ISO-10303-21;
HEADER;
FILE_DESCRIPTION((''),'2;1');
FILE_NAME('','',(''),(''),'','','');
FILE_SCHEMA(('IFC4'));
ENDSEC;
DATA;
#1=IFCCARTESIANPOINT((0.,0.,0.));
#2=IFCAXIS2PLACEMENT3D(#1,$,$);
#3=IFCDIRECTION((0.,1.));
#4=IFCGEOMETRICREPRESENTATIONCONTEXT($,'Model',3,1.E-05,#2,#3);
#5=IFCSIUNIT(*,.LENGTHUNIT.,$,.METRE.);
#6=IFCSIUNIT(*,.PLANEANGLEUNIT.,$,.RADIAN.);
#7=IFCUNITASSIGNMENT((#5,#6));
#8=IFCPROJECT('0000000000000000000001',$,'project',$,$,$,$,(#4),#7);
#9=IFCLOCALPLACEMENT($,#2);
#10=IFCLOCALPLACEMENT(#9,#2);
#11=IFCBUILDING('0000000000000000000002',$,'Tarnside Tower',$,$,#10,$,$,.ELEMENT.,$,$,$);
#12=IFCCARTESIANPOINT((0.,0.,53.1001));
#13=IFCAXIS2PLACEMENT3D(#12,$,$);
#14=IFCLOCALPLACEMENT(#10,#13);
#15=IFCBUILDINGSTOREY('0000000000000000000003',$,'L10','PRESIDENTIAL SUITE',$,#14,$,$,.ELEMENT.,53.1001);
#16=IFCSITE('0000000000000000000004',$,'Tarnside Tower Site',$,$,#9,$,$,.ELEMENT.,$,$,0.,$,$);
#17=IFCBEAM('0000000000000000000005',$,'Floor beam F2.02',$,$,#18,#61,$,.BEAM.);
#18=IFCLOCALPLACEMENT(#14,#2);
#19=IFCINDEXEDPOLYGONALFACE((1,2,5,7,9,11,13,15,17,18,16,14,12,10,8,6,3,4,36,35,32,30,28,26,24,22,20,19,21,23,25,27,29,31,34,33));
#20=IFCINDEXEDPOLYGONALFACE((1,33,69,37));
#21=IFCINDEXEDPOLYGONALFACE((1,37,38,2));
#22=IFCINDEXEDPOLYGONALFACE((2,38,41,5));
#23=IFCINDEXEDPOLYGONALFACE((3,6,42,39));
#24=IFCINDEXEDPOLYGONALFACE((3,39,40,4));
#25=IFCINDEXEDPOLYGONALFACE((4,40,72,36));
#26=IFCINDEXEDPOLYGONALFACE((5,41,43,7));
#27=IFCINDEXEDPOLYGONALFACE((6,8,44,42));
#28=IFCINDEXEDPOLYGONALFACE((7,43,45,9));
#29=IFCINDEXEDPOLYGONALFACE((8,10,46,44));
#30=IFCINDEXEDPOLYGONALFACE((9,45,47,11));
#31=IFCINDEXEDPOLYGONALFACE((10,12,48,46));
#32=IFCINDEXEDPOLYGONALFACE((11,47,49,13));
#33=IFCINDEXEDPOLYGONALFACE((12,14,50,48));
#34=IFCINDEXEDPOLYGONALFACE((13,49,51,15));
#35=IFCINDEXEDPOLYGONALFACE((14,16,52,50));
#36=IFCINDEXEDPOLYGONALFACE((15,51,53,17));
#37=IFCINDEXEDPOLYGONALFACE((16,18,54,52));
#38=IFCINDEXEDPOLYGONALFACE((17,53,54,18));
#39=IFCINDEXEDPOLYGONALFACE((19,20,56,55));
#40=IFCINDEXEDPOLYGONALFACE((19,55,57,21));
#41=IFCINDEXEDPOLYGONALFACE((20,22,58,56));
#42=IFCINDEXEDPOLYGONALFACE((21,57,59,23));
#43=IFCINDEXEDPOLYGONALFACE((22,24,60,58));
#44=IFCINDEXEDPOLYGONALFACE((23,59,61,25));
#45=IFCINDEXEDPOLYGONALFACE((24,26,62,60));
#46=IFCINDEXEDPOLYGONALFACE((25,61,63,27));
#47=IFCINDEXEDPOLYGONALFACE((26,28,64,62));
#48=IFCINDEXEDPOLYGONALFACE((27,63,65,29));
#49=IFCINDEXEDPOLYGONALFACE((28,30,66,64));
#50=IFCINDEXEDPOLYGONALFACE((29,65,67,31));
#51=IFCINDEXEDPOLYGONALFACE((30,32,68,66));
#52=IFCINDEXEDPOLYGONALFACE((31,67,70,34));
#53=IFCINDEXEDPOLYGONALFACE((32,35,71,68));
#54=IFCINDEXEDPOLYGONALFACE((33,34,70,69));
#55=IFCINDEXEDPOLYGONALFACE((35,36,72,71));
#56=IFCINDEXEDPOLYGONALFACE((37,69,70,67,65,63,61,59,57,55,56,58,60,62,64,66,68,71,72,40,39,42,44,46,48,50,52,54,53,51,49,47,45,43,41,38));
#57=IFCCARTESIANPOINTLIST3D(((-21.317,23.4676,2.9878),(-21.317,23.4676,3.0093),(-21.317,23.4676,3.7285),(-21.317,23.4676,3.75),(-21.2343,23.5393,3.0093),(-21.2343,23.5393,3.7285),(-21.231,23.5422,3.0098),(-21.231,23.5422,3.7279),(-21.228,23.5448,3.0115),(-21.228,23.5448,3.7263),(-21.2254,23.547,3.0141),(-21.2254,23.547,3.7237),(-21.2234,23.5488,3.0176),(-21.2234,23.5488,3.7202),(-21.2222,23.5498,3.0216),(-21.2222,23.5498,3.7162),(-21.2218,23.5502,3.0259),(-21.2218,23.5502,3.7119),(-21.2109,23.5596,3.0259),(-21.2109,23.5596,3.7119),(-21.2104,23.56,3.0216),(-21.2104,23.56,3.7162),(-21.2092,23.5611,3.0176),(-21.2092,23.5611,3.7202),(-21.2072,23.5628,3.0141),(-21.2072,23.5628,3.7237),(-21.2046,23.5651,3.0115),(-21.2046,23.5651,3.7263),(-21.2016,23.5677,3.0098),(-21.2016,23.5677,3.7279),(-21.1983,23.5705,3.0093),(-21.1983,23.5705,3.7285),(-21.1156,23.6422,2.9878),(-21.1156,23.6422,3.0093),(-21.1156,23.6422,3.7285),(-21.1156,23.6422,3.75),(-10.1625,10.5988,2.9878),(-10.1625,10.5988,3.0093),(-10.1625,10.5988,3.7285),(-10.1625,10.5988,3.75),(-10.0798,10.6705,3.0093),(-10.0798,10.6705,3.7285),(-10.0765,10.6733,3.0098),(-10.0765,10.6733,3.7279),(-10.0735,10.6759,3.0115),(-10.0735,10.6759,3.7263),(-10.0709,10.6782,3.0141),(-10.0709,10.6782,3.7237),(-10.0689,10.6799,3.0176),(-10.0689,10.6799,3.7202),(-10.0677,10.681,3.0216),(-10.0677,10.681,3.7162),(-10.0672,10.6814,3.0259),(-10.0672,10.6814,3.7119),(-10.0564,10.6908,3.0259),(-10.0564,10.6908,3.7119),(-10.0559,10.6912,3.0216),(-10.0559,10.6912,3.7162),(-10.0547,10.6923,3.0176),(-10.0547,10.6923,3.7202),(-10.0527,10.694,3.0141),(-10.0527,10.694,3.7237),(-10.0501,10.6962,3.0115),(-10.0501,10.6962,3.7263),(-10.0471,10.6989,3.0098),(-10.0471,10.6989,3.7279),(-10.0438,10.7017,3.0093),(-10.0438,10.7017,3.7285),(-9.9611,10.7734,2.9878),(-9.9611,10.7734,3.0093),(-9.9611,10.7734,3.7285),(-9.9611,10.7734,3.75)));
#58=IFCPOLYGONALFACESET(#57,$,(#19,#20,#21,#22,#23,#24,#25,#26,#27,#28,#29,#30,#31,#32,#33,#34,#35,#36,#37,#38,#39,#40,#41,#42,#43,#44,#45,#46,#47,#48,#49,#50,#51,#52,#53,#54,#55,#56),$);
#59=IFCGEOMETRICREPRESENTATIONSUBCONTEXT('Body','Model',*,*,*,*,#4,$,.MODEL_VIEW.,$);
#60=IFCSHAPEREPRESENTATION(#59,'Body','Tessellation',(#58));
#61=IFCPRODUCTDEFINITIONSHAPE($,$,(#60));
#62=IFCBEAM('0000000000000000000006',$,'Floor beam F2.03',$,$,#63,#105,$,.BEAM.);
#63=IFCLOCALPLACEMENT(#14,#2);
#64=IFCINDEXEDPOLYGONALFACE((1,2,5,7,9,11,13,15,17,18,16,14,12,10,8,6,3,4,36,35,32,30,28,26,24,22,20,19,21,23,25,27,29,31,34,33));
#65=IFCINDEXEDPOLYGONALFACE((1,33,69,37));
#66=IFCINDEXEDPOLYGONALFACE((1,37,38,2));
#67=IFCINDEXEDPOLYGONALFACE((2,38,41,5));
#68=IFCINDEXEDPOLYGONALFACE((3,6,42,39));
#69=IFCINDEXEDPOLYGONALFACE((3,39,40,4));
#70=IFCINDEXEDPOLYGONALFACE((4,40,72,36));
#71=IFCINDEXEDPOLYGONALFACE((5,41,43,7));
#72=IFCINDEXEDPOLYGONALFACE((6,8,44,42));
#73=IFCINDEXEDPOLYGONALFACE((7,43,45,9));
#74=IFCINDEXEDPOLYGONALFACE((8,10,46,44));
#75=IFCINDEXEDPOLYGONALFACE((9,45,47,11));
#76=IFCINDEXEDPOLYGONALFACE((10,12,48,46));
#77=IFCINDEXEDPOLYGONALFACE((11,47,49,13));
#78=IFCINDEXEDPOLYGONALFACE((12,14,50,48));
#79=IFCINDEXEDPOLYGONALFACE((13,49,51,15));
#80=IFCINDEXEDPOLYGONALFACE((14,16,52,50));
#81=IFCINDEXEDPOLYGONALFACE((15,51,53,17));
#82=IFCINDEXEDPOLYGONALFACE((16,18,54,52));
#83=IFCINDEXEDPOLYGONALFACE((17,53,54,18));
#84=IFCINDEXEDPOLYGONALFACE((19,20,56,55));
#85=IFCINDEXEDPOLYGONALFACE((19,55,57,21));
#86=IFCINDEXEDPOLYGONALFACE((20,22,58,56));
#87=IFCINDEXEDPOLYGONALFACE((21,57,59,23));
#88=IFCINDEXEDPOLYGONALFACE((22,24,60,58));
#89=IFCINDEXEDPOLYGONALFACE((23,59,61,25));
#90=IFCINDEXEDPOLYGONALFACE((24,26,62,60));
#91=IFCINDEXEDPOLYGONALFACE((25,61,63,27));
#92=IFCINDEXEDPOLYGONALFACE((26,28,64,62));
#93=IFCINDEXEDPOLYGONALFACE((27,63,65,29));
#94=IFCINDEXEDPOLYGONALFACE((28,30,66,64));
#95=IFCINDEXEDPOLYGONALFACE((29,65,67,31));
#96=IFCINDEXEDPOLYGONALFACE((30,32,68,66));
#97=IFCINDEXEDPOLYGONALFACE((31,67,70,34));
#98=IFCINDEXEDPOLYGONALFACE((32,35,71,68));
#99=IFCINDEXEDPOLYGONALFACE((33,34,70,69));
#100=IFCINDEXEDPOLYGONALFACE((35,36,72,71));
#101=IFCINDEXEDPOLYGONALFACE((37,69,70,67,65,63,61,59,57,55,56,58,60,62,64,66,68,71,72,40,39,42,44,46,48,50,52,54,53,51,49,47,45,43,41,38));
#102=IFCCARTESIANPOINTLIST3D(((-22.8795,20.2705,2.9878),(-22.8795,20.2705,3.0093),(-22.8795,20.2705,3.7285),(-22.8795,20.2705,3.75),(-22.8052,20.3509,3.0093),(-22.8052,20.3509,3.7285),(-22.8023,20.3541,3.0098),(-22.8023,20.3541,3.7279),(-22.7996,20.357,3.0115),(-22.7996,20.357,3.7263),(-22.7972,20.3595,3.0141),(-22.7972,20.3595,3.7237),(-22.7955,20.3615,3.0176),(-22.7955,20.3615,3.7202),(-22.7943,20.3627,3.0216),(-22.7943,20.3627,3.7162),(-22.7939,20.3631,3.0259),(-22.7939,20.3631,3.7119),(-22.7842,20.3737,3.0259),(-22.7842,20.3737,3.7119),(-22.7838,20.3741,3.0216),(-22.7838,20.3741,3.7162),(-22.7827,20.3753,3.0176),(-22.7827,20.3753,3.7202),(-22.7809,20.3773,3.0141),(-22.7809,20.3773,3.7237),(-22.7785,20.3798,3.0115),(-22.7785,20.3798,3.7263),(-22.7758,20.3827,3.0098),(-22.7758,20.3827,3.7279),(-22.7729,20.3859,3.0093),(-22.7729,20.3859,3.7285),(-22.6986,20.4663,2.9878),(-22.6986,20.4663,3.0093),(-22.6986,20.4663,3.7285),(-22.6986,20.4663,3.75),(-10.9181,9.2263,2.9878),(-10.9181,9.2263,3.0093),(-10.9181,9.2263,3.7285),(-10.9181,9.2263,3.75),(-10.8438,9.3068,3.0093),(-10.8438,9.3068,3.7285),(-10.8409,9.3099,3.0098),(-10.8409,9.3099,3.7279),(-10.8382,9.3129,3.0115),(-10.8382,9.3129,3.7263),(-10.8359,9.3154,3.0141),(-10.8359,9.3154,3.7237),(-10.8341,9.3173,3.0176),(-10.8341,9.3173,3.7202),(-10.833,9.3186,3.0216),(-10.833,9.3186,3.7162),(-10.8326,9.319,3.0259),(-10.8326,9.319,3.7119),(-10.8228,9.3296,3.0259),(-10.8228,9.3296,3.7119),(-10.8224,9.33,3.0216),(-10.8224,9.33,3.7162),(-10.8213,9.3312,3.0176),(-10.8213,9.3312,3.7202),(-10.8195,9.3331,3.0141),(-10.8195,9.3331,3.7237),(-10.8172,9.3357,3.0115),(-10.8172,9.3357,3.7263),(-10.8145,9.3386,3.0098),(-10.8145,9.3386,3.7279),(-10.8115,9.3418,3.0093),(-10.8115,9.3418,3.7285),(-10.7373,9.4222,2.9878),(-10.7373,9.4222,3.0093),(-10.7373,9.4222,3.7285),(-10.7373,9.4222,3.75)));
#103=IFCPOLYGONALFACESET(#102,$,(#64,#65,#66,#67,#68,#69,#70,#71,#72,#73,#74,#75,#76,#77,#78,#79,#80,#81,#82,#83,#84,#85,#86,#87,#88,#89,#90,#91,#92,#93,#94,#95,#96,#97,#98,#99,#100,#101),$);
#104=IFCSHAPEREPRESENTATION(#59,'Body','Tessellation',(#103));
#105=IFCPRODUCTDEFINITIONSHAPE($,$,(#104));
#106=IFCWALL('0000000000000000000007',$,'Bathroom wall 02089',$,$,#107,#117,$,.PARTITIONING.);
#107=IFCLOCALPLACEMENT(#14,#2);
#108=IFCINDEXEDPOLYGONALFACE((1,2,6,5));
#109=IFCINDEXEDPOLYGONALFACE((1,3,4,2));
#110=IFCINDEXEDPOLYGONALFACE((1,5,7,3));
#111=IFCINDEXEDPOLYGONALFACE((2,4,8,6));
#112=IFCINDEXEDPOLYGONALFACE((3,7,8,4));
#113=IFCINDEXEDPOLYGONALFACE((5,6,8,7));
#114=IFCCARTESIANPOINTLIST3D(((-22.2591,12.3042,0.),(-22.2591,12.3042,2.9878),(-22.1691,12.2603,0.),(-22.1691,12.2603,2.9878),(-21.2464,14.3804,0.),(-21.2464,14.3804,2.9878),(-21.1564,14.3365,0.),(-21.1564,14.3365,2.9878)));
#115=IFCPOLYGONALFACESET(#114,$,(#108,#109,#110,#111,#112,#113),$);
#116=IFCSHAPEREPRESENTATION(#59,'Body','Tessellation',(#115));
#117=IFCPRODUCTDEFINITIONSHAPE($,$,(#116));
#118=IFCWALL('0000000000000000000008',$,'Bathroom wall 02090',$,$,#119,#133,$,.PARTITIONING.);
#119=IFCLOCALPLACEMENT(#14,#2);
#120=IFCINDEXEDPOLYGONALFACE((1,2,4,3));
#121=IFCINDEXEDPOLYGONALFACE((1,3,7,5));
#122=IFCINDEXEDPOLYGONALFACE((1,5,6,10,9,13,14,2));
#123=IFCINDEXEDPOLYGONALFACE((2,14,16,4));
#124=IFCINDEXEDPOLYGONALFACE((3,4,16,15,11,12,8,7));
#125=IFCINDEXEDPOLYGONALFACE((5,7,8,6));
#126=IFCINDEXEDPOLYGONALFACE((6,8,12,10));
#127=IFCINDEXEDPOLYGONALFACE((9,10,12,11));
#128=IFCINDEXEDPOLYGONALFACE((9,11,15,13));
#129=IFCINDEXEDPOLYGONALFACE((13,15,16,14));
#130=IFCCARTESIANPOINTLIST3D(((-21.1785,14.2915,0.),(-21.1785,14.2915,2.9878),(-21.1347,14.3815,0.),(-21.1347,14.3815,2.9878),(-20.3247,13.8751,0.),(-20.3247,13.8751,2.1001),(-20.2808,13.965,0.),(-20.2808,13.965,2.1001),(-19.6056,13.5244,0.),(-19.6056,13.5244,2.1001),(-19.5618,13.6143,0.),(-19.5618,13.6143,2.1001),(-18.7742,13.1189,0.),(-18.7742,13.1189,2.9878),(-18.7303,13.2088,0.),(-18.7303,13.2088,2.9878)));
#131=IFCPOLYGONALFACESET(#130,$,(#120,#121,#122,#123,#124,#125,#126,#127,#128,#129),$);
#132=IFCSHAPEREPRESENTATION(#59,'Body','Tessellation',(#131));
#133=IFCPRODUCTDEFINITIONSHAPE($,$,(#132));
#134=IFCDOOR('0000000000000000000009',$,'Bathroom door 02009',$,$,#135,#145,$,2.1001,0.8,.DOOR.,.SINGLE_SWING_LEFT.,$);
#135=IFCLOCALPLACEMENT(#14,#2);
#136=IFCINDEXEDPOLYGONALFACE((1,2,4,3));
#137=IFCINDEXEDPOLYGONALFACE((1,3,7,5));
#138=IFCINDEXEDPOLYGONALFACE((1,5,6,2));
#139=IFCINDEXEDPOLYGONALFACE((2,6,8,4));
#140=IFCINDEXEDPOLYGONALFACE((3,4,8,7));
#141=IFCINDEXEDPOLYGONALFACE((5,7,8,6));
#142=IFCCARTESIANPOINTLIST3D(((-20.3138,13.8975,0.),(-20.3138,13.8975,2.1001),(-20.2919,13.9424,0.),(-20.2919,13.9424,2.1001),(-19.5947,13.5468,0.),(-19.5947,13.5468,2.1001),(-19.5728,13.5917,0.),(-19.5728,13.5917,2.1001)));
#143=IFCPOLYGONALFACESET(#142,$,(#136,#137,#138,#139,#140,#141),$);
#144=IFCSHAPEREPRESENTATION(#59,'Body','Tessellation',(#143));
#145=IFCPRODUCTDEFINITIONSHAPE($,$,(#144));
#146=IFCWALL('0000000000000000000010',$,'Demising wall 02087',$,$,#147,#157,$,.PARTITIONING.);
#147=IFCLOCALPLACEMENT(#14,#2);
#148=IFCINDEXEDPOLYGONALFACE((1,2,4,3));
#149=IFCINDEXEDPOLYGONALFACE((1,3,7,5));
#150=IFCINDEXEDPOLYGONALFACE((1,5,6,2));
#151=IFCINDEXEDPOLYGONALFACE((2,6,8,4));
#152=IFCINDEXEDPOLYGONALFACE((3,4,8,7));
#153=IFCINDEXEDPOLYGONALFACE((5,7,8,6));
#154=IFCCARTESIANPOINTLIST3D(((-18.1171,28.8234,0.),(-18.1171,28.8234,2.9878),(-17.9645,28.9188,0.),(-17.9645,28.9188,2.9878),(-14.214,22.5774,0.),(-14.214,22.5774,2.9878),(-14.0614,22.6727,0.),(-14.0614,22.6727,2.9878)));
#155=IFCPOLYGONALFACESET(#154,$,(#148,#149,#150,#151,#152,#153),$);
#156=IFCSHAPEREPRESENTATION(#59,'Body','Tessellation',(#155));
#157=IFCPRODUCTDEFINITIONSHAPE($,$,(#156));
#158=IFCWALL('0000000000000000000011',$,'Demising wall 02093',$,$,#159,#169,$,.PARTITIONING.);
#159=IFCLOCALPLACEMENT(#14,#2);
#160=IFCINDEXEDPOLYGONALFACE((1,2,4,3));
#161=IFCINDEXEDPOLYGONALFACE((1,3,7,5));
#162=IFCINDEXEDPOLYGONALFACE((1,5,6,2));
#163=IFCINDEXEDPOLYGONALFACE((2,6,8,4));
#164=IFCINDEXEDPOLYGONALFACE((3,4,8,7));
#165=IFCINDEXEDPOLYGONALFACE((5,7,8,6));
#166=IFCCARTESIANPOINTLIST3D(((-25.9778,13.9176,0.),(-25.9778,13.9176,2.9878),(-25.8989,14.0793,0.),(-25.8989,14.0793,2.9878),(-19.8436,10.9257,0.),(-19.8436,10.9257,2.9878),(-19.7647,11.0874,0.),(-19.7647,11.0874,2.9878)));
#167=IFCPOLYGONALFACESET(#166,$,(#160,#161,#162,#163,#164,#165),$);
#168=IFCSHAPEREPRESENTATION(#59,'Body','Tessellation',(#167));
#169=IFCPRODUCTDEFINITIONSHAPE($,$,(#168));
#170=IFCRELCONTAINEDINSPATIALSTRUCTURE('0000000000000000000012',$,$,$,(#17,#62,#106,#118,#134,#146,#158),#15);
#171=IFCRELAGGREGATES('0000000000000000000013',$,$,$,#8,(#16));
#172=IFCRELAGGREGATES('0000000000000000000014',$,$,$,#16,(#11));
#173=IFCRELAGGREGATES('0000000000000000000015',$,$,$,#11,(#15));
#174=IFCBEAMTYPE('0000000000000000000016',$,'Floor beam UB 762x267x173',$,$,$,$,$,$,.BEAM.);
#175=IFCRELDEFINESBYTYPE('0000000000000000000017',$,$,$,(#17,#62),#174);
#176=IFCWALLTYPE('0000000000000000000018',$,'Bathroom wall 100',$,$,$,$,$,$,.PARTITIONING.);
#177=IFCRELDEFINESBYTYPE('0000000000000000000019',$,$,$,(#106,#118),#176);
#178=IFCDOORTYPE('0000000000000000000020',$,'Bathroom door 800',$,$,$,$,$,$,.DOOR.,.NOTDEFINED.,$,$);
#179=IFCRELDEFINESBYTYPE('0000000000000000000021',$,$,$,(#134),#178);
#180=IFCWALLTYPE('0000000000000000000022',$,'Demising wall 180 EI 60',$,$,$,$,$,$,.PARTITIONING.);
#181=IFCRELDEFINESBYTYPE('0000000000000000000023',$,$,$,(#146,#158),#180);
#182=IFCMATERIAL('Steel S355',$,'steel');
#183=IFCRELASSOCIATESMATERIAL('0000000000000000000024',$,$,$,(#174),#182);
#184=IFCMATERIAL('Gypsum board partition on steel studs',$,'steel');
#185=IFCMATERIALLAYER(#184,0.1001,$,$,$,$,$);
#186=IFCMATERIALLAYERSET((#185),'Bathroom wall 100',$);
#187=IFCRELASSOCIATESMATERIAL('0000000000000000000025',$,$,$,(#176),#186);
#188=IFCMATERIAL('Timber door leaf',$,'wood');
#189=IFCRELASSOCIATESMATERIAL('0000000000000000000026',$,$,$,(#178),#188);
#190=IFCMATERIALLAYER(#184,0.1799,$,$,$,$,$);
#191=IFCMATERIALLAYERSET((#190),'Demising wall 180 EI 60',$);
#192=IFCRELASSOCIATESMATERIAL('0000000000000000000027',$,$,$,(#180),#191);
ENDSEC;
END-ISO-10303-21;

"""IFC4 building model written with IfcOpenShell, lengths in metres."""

from ifc_helpers import new_model, si_unit, direction, frame, frame_2d, origin, origin_2d, place, context, subcontext, project, spatial, rectangle, i_section, extrude, material, layer, layer_set, material_profile, profile_set, type_object, element, fill, save


model = new_model("IFC4")

# Units and contexts
model_context = context("Model", 3, precision=1e-05, world=origin(), true_north=direction((0.0, 1.0)))
body_context = subcontext(model_context, "Body", "Model", "MODEL_VIEW")
ifc_project = project(units=[si_unit("LENGTHUNIT", "METRE"), si_unit("PLANEANGLEUNIT", "RADIAN")], contexts=[model_context])

# Site, building, storey
site_placement = place(None, origin())
site = spatial("IfcSite", under=ifc_project, at=site_placement, Name="Tarnside Tower Site", CompositionType="ELEMENT", RefElevation=0.0)
building_placement = place(site_placement, origin())
building = spatial("IfcBuilding", under=site, at=building_placement, Name="Tarnside Tower", CompositionType="ELEMENT")
storey_placement = place(building_placement, frame((0.0, 0.0, 53.1001)))
storey = spatial("IfcBuildingStorey", under=building, at=storey_placement, Name="L10", Description="PRESIDENTIAL SUITE", CompositionType="ELEMENT", Elevation=53.1001)

# Beams
ifc_material_1 = material(Name="Steel S355", Category="steel")
ifc_material_profile_1 = material_profile(ifc_material_1, i_section(OverallWidth=0.2666, OverallDepth=0.7622, WebThickness=0.0144, FlangeThickness=0.0215, FilletRadius=0.0166, at=origin_2d()), Name="UB 762x267x173")
ifc_profile_set_1 = profile_set([ifc_material_profile_1], Name="Steel S355")
beam_type_1 = type_object("IfcBeamType", Name="Floor beam UB 762x267x173", PredefinedType="BEAM", material=ifc_profile_set_1)
beam_1_placement = place(storey_placement, frame((-21.2163, 23.5549, 3.3689), z_axis=(0.654981, -0.755646, 0.0), x_axis=(0.755646, 0.654981, 0.0)))
element("IfcBeam", 1, at=beam_1_placement, inside=storey, type_object=beam_type_1, Name="Floor beam F2.02", PredefinedType="BEAM", context=body_context, shape_type="SweptSolid", body=[
    extrude(i_section(OverallWidth=0.2666, OverallDepth=0.7622, WebThickness=0.0144, FlangeThickness=0.0215, FilletRadius=0.0166, at=origin_2d()), origin(), (0.0, 0.0, 1.0), 17.0303),
])
beam_2_placement = place(storey_placement, frame((-22.7891, 20.3684, 3.3689), z_axis=(0.734715, -0.678375, 0.0), x_axis=(0.678375, 0.734715, 0.0)))
element("IfcBeam", 2, at=beam_2_placement, inside=storey, type_object=beam_type_1, Name="Floor beam F2.03", PredefinedType="BEAM", context=body_context, shape_type="SweptSolid", body=[
    extrude(i_section(OverallWidth=0.2666, OverallDepth=0.7622, WebThickness=0.0144, FlangeThickness=0.0215, FilletRadius=0.0166, at=origin_2d()), origin(), (0.0, 0.0, 1.0), 16.2803),
])

# Wall
ifc_material_2 = material(Name="Gypsum board partition on steel studs", Category="steel")
ifc_layer_1 = layer(ifc_material_2, 0.1001)
ifc_layer_set_1 = layer_set([ifc_layer_1], Name="Bathroom wall 100")
wall_type_1 = type_object("IfcWallType", Name="Bathroom wall 100", PredefinedType="PARTITIONING", material=ifc_layer_set_1)
wall_1_placement = place(storey_placement, frame((-22.2141, 12.2822, 0.0), z_axis=(0.0, 0.0, 1.0), x_axis=(0.438399, 0.898781, 0.0)))
element("IfcWall", 3, at=wall_1_placement, inside=storey, type_object=wall_type_1, Name="Bathroom wall 02089", PredefinedType="PARTITIONING", context=body_context, shape_type="SweptSolid", body=[
    extrude(rectangle(XDim=2.3101, YDim=0.1001, at=frame_2d((1.155, 0.0))), origin(), (0.0, 0.0, 1.0), 2.9878),
])

# Wall, opening, door
wall_2_placement = place(storey_placement, frame((-21.1565, 14.3364, 0.0), z_axis=(0.0, 0.0, 1.0), x_axis=(0.898801, -0.438357, 0.0)))
wall_2 = element("IfcWall", 4, at=wall_2_placement, inside=storey, type_object=wall_type_1, Name="Bathroom wall 02090", PredefinedType="PARTITIONING", context=body_context, shape_type="SweptSolid", body=[
    extrude(rectangle(XDim=2.675, YDim=0.1001, at=frame_2d((1.3374, 0.0))), origin(), (0.0, 0.0, 1.0), 2.9878),
])
opening_1_placement = place(wall_2_placement, frame((0.95, 0.0, 0.0)))
opening_1 = element("IfcOpeningElement", 5, at=opening_1_placement, cuts=wall_2, PredefinedType="OPENING", context=body_context, shape_type="SweptSolid", body=[
    extrude(rectangle(XDim=0.8, YDim=2.1001, at=frame_2d((0.3999, 1.05))), frame((0.0, 0.0601, 0.0), z_axis=(0.0, -1.0, 0.0), x_axis=(1.0, 0.0, 0.0)), (0.0, 0.0, 1.0), 0.1201),
])
ifc_material_3 = material(Name="Timber door leaf", Category="wood")
door_type_1 = type_object("IfcDoorType", Name="Bathroom door 800", OperationType="NOTDEFINED", PredefinedType="DOOR", material=ifc_material_3)
door_1_placement = place(opening_1_placement, origin())
door_1 = element("IfcDoor", 6, at=door_1_placement, inside=storey, type_object=door_type_1, Name="Bathroom door 02009", OperationType="SINGLE_SWING_LEFT", OverallHeight=2.1001, OverallWidth=0.8, PredefinedType="DOOR", context=body_context, shape_type="SweptSolid", body=[
    extrude(rectangle(XDim=0.8, YDim=2.1001, at=frame_2d((0.3999, 1.05))), frame((0.0, 0.0249, 0.0), z_axis=(0.0, -1.0, 0.0), x_axis=(1.0, 0.0, 0.0)), (0.0, 0.0, 1.0), 0.05),
])
fill(opening_1, door_1)

# Walls
ifc_layer_2 = layer(ifc_material_2, 0.1799)
ifc_layer_set_2 = layer_set([ifc_layer_2], Name="Demising wall 180 EI 60")
wall_type_2 = type_object("IfcWallType", Name="Demising wall 180 EI 60", PredefinedType="PARTITIONING", material=ifc_layer_set_2)
wall_3_placement = place(storey_placement, frame((-18.0408, 28.8711, 0.0), z_axis=(0.0, 0.0, 1.0), x_axis=(0.529927, -0.848043, 0.0)))
element("IfcWall", 7, at=wall_3_placement, inside=storey, type_object=wall_type_2, Name="Demising wall 02087", PredefinedType="PARTITIONING", context=body_context, shape_type="SweptSolid", body=[
    extrude(rectangle(XDim=7.3652, YDim=0.1799, at=frame_2d((3.6826, 0.0))), origin(), (0.0, 0.0, 1.0), 2.9878),
])
wall_4_placement = place(storey_placement, frame((-25.9385, 13.9985, 0.0), z_axis=(0.0, 0.0, 1.0), x_axis=(0.898791, -0.438378, 0.0)))
element("IfcWall", 8, at=wall_4_placement, inside=storey, type_object=wall_type_2, Name="Demising wall 02093", PredefinedType="PARTITIONING", context=body_context, shape_type="SweptSolid", body=[
    extrude(rectangle(XDim=6.825, YDim=0.1799, at=frame_2d((3.4126, 0.0))), origin(), (0.0, 0.0, 1.0), 2.9878),
])

save(model, "model.ifc")
